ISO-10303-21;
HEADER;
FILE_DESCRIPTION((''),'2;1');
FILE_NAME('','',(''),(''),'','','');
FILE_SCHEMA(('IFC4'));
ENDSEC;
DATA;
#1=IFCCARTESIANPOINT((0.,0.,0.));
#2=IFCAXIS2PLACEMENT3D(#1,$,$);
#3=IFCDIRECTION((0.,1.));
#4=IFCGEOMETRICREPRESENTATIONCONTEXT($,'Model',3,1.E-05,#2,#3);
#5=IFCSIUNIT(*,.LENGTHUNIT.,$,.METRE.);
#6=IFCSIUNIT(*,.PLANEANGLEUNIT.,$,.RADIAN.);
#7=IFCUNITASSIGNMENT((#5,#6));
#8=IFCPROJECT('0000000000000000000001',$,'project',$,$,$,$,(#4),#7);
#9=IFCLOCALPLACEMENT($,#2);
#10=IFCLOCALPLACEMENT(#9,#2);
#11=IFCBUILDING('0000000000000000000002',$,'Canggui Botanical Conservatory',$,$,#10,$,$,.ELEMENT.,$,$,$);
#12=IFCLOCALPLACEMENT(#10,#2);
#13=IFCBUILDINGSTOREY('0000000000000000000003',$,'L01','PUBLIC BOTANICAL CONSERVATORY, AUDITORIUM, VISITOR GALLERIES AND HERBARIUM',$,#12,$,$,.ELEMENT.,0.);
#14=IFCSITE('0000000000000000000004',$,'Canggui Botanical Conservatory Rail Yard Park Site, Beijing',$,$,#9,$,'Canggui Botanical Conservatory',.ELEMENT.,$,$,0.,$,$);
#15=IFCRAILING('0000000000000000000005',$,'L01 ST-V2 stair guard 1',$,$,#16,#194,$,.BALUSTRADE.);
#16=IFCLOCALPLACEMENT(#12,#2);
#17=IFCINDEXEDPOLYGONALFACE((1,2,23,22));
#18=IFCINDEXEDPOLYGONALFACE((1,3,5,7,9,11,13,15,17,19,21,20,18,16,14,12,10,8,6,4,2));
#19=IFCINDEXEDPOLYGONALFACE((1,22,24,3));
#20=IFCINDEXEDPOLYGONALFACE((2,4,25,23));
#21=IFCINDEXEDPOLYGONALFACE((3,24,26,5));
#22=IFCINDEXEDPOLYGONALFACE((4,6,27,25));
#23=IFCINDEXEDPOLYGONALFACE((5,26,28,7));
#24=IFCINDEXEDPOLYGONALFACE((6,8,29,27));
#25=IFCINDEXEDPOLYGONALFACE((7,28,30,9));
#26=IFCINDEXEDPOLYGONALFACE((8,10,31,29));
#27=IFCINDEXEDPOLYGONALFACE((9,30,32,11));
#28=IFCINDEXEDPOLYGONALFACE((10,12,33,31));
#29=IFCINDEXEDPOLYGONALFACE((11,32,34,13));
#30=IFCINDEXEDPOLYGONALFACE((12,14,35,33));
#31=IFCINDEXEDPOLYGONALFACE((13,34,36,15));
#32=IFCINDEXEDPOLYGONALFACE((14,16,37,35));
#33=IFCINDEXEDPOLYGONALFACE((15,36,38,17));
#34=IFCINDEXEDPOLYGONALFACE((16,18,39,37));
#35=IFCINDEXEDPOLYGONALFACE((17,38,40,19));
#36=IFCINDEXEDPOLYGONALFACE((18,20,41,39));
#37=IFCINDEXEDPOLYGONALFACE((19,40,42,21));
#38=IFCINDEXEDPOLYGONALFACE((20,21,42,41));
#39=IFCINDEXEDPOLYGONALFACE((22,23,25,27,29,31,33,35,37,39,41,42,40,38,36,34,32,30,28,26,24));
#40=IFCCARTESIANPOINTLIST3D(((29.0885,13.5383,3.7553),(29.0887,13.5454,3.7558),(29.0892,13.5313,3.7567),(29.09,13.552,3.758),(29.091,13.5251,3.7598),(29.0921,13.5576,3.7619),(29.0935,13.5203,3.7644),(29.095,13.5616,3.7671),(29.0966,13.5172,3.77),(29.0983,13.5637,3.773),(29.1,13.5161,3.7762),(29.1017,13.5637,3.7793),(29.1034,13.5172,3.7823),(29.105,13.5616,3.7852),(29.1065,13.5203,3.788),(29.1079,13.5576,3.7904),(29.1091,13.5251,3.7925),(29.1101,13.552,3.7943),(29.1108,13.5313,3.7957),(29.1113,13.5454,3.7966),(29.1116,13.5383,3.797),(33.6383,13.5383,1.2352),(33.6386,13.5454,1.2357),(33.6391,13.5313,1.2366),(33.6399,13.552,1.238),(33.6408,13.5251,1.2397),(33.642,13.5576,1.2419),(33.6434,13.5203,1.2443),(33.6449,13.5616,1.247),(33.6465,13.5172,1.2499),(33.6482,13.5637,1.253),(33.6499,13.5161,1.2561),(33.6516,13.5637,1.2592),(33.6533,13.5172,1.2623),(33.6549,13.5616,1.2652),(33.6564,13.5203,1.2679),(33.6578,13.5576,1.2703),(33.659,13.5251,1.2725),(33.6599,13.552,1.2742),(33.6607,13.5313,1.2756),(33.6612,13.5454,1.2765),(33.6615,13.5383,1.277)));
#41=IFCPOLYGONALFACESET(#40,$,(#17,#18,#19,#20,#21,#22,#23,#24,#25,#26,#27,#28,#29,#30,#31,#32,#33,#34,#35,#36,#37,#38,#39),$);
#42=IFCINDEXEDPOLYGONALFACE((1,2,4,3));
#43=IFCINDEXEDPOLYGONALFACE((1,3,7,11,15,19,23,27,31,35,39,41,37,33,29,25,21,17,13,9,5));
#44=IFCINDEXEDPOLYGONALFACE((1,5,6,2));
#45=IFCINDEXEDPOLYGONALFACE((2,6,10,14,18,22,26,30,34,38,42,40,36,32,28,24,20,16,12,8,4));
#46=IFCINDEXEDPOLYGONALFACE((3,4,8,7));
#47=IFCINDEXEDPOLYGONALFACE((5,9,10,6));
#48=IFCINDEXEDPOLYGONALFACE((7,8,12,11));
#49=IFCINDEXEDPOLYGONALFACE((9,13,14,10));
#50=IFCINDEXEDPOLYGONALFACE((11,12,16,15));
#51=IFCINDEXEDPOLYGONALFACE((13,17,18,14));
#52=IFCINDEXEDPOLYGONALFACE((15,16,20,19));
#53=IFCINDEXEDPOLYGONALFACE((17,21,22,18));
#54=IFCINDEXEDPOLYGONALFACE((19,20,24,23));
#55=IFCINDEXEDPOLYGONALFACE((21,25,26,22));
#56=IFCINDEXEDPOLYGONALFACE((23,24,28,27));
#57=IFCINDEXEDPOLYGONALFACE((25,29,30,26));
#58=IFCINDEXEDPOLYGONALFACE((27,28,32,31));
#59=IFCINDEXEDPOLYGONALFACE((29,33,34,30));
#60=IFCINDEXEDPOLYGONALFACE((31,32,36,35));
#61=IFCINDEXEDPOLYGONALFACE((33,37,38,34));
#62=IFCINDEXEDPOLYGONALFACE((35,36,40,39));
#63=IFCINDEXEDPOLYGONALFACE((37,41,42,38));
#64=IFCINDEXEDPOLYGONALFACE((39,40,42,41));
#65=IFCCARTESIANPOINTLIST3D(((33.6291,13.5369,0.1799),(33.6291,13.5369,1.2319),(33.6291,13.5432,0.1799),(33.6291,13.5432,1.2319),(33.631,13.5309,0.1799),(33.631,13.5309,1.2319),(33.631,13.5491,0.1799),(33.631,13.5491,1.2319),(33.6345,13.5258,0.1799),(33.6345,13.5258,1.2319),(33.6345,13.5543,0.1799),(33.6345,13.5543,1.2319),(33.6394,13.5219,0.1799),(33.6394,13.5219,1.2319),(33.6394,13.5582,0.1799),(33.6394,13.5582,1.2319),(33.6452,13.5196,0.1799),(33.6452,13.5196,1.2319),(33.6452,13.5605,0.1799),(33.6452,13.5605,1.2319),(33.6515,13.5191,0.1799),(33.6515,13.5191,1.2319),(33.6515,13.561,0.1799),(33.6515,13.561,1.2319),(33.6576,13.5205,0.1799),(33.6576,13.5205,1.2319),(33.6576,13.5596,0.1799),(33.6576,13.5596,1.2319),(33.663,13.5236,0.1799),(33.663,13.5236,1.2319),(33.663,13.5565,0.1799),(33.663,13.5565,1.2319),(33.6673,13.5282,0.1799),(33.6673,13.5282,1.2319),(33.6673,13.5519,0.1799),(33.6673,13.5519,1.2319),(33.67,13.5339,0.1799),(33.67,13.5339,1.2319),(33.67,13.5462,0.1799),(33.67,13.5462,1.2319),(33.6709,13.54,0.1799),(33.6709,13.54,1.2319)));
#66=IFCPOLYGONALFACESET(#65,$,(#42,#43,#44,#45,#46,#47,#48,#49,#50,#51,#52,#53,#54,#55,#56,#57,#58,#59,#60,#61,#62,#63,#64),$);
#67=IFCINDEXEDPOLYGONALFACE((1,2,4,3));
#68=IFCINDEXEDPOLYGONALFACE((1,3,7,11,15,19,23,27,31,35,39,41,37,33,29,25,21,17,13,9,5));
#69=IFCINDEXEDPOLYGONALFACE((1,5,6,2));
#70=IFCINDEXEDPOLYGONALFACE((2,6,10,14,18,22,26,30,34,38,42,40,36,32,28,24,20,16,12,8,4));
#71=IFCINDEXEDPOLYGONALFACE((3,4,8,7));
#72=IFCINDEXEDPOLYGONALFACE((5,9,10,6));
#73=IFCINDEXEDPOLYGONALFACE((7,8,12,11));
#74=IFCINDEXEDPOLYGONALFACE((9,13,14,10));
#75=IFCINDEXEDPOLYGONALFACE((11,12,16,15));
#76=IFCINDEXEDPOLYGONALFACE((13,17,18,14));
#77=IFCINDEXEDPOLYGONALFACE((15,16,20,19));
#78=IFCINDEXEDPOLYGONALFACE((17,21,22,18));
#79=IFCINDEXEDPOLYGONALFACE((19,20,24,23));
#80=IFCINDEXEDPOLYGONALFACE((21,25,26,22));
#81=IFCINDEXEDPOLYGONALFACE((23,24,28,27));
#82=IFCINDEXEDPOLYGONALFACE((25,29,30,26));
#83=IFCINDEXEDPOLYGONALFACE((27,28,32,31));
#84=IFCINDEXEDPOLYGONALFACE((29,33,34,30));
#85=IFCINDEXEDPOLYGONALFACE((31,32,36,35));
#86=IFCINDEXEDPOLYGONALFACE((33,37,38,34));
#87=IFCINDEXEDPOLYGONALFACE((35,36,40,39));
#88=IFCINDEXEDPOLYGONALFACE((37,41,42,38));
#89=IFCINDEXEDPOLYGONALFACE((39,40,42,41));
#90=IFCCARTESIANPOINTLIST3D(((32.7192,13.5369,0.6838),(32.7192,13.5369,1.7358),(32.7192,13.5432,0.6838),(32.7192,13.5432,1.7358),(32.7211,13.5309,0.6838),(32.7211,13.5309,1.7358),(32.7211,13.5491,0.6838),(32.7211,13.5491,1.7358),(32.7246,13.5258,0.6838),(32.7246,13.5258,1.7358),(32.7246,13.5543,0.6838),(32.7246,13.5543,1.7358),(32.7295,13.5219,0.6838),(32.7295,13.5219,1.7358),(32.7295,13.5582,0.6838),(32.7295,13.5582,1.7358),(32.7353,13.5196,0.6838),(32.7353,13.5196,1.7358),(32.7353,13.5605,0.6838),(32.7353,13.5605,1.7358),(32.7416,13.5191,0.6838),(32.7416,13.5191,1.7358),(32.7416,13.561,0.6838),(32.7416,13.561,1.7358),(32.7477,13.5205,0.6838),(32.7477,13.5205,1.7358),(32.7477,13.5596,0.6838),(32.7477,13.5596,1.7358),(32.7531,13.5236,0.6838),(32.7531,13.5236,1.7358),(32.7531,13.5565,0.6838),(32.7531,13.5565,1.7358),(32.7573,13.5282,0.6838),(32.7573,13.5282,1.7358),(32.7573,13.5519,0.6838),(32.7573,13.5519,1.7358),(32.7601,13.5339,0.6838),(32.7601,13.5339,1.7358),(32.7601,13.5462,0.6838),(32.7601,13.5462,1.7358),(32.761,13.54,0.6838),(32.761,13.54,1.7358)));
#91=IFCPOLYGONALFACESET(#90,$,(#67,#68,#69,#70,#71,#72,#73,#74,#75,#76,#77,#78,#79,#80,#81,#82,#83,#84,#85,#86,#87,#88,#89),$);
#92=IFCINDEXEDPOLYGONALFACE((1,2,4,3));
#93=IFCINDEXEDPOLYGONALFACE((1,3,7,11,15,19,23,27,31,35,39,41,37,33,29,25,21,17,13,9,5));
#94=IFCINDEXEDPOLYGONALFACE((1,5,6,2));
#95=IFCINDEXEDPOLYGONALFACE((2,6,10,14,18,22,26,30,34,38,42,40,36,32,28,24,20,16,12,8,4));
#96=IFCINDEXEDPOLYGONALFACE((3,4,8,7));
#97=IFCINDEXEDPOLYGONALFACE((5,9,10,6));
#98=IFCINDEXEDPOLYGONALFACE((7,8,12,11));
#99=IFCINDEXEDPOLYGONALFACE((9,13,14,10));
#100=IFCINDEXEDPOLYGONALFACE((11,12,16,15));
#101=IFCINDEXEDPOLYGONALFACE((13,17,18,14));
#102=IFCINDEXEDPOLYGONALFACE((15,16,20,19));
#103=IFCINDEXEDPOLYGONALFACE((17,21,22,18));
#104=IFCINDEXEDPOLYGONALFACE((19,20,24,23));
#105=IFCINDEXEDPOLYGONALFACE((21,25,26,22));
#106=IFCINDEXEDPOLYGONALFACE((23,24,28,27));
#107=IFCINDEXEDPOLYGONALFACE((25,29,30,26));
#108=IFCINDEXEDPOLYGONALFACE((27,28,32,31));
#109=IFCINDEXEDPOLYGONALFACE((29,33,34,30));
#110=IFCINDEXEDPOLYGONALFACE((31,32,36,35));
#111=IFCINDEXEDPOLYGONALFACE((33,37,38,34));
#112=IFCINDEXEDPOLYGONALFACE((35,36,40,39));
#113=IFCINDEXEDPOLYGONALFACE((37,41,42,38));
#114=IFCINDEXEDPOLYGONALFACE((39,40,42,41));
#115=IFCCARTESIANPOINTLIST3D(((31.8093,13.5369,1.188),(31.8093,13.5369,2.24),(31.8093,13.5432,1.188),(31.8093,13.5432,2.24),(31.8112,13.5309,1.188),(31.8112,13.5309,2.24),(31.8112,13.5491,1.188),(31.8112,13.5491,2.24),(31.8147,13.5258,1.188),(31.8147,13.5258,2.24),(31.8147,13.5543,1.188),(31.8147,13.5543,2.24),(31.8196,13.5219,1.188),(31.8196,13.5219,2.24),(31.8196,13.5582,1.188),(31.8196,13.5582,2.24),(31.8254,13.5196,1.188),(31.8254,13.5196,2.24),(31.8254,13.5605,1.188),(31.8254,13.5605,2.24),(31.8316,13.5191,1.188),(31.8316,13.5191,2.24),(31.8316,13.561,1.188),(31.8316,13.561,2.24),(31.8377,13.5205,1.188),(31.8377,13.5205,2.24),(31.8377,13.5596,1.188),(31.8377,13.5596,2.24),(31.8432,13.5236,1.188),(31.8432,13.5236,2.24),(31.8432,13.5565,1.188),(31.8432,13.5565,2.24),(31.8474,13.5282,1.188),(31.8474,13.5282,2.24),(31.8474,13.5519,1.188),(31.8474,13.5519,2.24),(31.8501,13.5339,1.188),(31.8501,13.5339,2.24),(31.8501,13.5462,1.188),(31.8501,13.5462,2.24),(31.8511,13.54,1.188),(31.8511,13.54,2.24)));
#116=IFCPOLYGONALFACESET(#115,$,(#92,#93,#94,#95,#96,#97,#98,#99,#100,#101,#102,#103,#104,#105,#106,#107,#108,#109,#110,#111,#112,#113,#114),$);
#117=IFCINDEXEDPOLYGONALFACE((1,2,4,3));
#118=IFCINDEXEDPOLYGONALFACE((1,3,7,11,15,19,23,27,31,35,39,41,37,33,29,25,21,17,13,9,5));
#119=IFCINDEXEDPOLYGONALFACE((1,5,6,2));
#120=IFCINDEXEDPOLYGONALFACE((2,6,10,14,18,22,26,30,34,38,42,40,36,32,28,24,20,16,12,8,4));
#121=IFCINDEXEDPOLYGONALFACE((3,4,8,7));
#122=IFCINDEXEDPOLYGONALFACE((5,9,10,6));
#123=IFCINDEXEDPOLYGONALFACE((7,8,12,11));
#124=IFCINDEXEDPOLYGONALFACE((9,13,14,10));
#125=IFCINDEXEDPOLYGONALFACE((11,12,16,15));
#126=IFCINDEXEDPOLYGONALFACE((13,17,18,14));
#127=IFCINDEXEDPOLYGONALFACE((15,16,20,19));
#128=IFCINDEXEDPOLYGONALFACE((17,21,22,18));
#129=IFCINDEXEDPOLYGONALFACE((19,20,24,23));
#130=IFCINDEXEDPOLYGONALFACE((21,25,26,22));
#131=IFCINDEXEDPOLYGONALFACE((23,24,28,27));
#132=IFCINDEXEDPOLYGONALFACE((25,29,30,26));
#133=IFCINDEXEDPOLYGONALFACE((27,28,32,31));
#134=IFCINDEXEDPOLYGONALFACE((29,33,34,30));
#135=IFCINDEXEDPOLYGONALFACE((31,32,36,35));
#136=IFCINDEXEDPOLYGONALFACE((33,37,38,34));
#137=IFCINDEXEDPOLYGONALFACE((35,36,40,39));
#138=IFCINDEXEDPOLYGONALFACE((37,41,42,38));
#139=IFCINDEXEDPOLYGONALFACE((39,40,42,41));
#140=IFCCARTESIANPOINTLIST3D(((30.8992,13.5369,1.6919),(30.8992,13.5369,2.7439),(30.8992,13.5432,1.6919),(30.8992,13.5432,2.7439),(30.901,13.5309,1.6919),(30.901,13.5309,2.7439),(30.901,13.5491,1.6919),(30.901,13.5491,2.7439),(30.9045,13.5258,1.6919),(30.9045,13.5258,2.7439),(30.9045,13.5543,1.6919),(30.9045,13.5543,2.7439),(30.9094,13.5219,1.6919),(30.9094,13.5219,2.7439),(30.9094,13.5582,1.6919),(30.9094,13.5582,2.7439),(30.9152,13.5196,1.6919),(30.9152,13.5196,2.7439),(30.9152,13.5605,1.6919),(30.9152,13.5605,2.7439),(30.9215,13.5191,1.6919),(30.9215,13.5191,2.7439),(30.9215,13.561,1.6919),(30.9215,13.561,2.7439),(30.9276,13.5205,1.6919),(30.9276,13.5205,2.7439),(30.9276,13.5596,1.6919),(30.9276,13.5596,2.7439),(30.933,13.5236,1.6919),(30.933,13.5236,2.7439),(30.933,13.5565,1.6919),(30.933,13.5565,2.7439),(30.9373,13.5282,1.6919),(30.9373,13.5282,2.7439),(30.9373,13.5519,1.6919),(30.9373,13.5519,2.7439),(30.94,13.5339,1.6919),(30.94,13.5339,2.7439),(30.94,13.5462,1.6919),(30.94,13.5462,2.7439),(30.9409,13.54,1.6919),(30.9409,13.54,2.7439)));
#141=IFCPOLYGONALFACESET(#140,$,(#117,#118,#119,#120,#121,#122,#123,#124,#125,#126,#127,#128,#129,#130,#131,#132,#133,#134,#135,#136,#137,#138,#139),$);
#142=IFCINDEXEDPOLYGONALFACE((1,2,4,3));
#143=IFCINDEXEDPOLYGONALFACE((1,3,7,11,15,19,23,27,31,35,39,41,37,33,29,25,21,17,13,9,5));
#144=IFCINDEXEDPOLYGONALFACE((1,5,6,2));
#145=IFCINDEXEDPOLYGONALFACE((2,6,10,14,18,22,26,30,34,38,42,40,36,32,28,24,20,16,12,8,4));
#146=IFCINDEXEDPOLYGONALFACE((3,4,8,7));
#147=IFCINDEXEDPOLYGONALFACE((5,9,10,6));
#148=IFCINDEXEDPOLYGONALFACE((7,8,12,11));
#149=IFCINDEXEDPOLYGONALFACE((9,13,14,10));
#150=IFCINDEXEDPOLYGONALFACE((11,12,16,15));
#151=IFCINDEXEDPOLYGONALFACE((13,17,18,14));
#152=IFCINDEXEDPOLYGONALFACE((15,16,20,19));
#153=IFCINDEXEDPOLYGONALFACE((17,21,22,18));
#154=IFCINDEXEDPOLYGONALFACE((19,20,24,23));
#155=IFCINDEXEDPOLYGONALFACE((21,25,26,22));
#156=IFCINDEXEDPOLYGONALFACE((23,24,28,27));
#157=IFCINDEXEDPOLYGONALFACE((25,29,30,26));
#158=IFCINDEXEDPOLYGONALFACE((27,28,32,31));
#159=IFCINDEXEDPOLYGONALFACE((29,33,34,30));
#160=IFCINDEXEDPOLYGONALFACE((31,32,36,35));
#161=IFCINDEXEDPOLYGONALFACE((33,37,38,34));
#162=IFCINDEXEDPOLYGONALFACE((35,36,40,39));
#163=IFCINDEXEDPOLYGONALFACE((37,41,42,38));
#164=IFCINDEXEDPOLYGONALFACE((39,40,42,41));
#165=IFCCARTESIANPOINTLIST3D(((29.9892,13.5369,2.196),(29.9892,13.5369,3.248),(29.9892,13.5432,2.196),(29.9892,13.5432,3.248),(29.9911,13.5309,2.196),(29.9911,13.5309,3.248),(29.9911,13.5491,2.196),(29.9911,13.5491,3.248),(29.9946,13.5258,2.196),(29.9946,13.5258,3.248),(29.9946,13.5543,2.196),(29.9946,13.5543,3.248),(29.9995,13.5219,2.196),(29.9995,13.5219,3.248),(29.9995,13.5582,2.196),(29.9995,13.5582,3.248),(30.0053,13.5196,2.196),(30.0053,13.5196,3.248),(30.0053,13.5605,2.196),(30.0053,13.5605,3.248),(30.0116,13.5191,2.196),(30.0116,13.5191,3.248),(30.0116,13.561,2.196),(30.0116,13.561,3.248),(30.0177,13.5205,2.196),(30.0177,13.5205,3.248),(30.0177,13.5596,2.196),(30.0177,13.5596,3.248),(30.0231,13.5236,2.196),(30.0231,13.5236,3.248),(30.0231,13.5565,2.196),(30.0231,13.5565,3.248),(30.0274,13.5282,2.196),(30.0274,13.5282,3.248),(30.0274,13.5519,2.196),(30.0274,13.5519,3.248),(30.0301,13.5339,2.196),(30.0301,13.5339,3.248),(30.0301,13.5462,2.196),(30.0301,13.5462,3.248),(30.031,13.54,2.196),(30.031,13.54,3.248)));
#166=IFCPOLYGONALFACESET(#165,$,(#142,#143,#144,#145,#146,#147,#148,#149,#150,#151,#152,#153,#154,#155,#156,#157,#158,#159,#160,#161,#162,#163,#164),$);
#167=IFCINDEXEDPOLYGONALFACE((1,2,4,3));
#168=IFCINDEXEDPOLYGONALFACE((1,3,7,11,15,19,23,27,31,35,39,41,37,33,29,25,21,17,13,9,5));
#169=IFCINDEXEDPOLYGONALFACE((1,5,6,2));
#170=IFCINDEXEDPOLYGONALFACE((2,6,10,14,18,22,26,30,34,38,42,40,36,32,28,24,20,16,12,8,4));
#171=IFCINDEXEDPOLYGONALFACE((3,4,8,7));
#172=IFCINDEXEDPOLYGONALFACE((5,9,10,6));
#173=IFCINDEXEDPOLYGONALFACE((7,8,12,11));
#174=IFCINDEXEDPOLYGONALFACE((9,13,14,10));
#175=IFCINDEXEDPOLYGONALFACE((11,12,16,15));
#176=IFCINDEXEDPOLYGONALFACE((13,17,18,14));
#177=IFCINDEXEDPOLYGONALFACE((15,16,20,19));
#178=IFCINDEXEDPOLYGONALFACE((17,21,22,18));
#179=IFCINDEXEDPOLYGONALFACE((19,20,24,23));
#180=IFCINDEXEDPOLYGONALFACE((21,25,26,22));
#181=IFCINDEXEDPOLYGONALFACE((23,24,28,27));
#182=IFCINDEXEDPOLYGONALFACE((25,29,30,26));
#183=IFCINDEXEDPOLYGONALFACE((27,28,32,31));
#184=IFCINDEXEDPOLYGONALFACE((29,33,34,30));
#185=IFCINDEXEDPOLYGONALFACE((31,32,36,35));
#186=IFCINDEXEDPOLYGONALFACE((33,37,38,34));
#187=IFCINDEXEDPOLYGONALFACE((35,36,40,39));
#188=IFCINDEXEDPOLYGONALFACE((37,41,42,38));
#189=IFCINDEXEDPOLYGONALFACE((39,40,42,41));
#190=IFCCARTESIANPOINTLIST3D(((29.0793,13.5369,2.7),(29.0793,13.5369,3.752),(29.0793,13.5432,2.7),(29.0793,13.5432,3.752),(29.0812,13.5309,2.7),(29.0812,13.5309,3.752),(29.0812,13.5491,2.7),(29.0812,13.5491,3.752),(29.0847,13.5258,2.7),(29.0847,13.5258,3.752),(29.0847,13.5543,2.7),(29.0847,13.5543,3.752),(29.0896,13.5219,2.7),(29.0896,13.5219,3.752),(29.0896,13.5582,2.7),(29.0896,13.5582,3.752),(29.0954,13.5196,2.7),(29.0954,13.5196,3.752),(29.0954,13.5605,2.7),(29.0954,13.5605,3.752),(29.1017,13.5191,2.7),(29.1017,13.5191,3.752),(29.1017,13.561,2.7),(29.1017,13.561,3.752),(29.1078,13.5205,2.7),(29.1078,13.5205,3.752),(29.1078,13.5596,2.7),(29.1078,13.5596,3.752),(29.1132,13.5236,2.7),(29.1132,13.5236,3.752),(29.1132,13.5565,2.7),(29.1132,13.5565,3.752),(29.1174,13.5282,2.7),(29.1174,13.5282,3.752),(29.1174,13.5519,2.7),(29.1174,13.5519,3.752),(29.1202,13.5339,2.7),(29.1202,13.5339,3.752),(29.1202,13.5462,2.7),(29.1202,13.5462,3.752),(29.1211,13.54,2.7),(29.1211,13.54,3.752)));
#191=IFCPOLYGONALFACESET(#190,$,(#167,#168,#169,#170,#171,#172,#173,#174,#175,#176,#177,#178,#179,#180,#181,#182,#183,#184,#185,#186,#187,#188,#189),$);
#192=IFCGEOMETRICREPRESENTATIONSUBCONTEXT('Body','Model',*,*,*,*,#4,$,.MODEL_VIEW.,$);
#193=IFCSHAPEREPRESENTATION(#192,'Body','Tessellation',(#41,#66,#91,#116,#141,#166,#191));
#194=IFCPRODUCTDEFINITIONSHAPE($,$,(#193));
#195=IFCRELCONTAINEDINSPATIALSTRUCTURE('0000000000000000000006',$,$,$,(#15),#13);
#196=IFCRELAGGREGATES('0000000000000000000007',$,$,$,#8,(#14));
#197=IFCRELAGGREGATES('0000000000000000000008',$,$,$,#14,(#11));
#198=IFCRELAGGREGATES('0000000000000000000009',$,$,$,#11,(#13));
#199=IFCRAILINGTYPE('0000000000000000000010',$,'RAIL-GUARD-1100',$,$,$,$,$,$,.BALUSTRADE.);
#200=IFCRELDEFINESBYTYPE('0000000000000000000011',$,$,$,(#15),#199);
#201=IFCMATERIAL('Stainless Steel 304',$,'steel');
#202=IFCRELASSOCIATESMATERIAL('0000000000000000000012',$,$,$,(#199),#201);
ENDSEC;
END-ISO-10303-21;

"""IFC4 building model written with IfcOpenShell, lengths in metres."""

from ifc_helpers import new_model, si_unit, direction, frame, origin, origin_2d, place, context, subcontext, project, spatial, circle, extrude, material, type_object, element, save


model = new_model("IFC4")

# Units and contexts
model_context = context("Model", 3, precision=1e-05, world=origin(), true_north=direction((0.0, 1.0)))
body_context = subcontext(model_context, "Body", "Model", "MODEL_VIEW")
ifc_project = project(units=[si_unit("LENGTHUNIT", "METRE"), si_unit("PLANEANGLEUNIT", "RADIAN")], contexts=[model_context])

# Site, building, storey
site_placement = place(None, origin())
site = spatial("IfcSite", under=ifc_project, at=site_placement, Name="Canggui Botanical Conservatory Rail Yard Park Site, Beijing", LongName="Canggui Botanical Conservatory", CompositionType="ELEMENT", RefElevation=0.0)
building_placement = place(site_placement, origin())
building = spatial("IfcBuilding", under=site, at=building_placement, Name="Canggui Botanical Conservatory", CompositionType="ELEMENT")
storey_placement = place(building_placement, origin())
storey = spatial("IfcBuildingStorey", under=building, at=storey_placement, Name="L01", Description="PUBLIC BOTANICAL CONSERVATORY, AUDITORIUM, VISITOR GALLERIES AND HERBARIUM", CompositionType="ELEMENT", Elevation=0.0)

# Railing
ifc_material_1 = material(Name="Stainless Steel 304", Category="steel")
railing_type_1 = type_object("IfcRailingType", Name="RAIL-GUARD-1100", PredefinedType="BALUSTRADE", material=ifc_material_1)
railing_1_placement = place(storey_placement, frame((33.6499, 13.54, 0.1799)))
element("IfcRailing", 1, at=railing_1_placement, inside=storey, type_object=railing_type_1, Name="L01 ST-V2 stair guard 1", PredefinedType="BALUSTRADE", context=body_context, shape_type="SweptSolid", body=[
    extrude(circle(Radius=0.0239, at=origin_2d()), frame((0.0, 0.0, 1.0762), z_axis=(-0.874781, 0.0, 0.484519), x_axis=(0.0, -1.0, 0.0)), (0.0, 0.0, 1.0), 5.2012),
    extrude(circle(Radius=0.021, at=origin_2d()), origin(), (0.0, 0.0, 1.0), 1.052),
    extrude(circle(Radius=0.021, at=origin_2d()), frame((-0.9099, 0.0, 0.5039)), (0.0, 0.0, 1.0), 1.052),
    extrude(circle(Radius=0.021, at=origin_2d()), frame((-1.8198, 0.0, 1.0081)), (0.0, 0.0, 1.0), 1.052),
    extrude(circle(Radius=0.021, at=origin_2d()), frame((-2.73, 0.0, 1.512)), (0.0, 0.0, 1.0), 1.052),
    extrude(circle(Radius=0.021, at=origin_2d()), frame((-3.6399, 0.0, 2.0161)), (0.0, 0.0, 1.0), 1.052),
    extrude(circle(Radius=0.021, at=origin_2d()), frame((-4.5498, 0.0, 2.52)), (0.0, 0.0, 1.0), 1.052),
])

save(model, "model.ifc")
